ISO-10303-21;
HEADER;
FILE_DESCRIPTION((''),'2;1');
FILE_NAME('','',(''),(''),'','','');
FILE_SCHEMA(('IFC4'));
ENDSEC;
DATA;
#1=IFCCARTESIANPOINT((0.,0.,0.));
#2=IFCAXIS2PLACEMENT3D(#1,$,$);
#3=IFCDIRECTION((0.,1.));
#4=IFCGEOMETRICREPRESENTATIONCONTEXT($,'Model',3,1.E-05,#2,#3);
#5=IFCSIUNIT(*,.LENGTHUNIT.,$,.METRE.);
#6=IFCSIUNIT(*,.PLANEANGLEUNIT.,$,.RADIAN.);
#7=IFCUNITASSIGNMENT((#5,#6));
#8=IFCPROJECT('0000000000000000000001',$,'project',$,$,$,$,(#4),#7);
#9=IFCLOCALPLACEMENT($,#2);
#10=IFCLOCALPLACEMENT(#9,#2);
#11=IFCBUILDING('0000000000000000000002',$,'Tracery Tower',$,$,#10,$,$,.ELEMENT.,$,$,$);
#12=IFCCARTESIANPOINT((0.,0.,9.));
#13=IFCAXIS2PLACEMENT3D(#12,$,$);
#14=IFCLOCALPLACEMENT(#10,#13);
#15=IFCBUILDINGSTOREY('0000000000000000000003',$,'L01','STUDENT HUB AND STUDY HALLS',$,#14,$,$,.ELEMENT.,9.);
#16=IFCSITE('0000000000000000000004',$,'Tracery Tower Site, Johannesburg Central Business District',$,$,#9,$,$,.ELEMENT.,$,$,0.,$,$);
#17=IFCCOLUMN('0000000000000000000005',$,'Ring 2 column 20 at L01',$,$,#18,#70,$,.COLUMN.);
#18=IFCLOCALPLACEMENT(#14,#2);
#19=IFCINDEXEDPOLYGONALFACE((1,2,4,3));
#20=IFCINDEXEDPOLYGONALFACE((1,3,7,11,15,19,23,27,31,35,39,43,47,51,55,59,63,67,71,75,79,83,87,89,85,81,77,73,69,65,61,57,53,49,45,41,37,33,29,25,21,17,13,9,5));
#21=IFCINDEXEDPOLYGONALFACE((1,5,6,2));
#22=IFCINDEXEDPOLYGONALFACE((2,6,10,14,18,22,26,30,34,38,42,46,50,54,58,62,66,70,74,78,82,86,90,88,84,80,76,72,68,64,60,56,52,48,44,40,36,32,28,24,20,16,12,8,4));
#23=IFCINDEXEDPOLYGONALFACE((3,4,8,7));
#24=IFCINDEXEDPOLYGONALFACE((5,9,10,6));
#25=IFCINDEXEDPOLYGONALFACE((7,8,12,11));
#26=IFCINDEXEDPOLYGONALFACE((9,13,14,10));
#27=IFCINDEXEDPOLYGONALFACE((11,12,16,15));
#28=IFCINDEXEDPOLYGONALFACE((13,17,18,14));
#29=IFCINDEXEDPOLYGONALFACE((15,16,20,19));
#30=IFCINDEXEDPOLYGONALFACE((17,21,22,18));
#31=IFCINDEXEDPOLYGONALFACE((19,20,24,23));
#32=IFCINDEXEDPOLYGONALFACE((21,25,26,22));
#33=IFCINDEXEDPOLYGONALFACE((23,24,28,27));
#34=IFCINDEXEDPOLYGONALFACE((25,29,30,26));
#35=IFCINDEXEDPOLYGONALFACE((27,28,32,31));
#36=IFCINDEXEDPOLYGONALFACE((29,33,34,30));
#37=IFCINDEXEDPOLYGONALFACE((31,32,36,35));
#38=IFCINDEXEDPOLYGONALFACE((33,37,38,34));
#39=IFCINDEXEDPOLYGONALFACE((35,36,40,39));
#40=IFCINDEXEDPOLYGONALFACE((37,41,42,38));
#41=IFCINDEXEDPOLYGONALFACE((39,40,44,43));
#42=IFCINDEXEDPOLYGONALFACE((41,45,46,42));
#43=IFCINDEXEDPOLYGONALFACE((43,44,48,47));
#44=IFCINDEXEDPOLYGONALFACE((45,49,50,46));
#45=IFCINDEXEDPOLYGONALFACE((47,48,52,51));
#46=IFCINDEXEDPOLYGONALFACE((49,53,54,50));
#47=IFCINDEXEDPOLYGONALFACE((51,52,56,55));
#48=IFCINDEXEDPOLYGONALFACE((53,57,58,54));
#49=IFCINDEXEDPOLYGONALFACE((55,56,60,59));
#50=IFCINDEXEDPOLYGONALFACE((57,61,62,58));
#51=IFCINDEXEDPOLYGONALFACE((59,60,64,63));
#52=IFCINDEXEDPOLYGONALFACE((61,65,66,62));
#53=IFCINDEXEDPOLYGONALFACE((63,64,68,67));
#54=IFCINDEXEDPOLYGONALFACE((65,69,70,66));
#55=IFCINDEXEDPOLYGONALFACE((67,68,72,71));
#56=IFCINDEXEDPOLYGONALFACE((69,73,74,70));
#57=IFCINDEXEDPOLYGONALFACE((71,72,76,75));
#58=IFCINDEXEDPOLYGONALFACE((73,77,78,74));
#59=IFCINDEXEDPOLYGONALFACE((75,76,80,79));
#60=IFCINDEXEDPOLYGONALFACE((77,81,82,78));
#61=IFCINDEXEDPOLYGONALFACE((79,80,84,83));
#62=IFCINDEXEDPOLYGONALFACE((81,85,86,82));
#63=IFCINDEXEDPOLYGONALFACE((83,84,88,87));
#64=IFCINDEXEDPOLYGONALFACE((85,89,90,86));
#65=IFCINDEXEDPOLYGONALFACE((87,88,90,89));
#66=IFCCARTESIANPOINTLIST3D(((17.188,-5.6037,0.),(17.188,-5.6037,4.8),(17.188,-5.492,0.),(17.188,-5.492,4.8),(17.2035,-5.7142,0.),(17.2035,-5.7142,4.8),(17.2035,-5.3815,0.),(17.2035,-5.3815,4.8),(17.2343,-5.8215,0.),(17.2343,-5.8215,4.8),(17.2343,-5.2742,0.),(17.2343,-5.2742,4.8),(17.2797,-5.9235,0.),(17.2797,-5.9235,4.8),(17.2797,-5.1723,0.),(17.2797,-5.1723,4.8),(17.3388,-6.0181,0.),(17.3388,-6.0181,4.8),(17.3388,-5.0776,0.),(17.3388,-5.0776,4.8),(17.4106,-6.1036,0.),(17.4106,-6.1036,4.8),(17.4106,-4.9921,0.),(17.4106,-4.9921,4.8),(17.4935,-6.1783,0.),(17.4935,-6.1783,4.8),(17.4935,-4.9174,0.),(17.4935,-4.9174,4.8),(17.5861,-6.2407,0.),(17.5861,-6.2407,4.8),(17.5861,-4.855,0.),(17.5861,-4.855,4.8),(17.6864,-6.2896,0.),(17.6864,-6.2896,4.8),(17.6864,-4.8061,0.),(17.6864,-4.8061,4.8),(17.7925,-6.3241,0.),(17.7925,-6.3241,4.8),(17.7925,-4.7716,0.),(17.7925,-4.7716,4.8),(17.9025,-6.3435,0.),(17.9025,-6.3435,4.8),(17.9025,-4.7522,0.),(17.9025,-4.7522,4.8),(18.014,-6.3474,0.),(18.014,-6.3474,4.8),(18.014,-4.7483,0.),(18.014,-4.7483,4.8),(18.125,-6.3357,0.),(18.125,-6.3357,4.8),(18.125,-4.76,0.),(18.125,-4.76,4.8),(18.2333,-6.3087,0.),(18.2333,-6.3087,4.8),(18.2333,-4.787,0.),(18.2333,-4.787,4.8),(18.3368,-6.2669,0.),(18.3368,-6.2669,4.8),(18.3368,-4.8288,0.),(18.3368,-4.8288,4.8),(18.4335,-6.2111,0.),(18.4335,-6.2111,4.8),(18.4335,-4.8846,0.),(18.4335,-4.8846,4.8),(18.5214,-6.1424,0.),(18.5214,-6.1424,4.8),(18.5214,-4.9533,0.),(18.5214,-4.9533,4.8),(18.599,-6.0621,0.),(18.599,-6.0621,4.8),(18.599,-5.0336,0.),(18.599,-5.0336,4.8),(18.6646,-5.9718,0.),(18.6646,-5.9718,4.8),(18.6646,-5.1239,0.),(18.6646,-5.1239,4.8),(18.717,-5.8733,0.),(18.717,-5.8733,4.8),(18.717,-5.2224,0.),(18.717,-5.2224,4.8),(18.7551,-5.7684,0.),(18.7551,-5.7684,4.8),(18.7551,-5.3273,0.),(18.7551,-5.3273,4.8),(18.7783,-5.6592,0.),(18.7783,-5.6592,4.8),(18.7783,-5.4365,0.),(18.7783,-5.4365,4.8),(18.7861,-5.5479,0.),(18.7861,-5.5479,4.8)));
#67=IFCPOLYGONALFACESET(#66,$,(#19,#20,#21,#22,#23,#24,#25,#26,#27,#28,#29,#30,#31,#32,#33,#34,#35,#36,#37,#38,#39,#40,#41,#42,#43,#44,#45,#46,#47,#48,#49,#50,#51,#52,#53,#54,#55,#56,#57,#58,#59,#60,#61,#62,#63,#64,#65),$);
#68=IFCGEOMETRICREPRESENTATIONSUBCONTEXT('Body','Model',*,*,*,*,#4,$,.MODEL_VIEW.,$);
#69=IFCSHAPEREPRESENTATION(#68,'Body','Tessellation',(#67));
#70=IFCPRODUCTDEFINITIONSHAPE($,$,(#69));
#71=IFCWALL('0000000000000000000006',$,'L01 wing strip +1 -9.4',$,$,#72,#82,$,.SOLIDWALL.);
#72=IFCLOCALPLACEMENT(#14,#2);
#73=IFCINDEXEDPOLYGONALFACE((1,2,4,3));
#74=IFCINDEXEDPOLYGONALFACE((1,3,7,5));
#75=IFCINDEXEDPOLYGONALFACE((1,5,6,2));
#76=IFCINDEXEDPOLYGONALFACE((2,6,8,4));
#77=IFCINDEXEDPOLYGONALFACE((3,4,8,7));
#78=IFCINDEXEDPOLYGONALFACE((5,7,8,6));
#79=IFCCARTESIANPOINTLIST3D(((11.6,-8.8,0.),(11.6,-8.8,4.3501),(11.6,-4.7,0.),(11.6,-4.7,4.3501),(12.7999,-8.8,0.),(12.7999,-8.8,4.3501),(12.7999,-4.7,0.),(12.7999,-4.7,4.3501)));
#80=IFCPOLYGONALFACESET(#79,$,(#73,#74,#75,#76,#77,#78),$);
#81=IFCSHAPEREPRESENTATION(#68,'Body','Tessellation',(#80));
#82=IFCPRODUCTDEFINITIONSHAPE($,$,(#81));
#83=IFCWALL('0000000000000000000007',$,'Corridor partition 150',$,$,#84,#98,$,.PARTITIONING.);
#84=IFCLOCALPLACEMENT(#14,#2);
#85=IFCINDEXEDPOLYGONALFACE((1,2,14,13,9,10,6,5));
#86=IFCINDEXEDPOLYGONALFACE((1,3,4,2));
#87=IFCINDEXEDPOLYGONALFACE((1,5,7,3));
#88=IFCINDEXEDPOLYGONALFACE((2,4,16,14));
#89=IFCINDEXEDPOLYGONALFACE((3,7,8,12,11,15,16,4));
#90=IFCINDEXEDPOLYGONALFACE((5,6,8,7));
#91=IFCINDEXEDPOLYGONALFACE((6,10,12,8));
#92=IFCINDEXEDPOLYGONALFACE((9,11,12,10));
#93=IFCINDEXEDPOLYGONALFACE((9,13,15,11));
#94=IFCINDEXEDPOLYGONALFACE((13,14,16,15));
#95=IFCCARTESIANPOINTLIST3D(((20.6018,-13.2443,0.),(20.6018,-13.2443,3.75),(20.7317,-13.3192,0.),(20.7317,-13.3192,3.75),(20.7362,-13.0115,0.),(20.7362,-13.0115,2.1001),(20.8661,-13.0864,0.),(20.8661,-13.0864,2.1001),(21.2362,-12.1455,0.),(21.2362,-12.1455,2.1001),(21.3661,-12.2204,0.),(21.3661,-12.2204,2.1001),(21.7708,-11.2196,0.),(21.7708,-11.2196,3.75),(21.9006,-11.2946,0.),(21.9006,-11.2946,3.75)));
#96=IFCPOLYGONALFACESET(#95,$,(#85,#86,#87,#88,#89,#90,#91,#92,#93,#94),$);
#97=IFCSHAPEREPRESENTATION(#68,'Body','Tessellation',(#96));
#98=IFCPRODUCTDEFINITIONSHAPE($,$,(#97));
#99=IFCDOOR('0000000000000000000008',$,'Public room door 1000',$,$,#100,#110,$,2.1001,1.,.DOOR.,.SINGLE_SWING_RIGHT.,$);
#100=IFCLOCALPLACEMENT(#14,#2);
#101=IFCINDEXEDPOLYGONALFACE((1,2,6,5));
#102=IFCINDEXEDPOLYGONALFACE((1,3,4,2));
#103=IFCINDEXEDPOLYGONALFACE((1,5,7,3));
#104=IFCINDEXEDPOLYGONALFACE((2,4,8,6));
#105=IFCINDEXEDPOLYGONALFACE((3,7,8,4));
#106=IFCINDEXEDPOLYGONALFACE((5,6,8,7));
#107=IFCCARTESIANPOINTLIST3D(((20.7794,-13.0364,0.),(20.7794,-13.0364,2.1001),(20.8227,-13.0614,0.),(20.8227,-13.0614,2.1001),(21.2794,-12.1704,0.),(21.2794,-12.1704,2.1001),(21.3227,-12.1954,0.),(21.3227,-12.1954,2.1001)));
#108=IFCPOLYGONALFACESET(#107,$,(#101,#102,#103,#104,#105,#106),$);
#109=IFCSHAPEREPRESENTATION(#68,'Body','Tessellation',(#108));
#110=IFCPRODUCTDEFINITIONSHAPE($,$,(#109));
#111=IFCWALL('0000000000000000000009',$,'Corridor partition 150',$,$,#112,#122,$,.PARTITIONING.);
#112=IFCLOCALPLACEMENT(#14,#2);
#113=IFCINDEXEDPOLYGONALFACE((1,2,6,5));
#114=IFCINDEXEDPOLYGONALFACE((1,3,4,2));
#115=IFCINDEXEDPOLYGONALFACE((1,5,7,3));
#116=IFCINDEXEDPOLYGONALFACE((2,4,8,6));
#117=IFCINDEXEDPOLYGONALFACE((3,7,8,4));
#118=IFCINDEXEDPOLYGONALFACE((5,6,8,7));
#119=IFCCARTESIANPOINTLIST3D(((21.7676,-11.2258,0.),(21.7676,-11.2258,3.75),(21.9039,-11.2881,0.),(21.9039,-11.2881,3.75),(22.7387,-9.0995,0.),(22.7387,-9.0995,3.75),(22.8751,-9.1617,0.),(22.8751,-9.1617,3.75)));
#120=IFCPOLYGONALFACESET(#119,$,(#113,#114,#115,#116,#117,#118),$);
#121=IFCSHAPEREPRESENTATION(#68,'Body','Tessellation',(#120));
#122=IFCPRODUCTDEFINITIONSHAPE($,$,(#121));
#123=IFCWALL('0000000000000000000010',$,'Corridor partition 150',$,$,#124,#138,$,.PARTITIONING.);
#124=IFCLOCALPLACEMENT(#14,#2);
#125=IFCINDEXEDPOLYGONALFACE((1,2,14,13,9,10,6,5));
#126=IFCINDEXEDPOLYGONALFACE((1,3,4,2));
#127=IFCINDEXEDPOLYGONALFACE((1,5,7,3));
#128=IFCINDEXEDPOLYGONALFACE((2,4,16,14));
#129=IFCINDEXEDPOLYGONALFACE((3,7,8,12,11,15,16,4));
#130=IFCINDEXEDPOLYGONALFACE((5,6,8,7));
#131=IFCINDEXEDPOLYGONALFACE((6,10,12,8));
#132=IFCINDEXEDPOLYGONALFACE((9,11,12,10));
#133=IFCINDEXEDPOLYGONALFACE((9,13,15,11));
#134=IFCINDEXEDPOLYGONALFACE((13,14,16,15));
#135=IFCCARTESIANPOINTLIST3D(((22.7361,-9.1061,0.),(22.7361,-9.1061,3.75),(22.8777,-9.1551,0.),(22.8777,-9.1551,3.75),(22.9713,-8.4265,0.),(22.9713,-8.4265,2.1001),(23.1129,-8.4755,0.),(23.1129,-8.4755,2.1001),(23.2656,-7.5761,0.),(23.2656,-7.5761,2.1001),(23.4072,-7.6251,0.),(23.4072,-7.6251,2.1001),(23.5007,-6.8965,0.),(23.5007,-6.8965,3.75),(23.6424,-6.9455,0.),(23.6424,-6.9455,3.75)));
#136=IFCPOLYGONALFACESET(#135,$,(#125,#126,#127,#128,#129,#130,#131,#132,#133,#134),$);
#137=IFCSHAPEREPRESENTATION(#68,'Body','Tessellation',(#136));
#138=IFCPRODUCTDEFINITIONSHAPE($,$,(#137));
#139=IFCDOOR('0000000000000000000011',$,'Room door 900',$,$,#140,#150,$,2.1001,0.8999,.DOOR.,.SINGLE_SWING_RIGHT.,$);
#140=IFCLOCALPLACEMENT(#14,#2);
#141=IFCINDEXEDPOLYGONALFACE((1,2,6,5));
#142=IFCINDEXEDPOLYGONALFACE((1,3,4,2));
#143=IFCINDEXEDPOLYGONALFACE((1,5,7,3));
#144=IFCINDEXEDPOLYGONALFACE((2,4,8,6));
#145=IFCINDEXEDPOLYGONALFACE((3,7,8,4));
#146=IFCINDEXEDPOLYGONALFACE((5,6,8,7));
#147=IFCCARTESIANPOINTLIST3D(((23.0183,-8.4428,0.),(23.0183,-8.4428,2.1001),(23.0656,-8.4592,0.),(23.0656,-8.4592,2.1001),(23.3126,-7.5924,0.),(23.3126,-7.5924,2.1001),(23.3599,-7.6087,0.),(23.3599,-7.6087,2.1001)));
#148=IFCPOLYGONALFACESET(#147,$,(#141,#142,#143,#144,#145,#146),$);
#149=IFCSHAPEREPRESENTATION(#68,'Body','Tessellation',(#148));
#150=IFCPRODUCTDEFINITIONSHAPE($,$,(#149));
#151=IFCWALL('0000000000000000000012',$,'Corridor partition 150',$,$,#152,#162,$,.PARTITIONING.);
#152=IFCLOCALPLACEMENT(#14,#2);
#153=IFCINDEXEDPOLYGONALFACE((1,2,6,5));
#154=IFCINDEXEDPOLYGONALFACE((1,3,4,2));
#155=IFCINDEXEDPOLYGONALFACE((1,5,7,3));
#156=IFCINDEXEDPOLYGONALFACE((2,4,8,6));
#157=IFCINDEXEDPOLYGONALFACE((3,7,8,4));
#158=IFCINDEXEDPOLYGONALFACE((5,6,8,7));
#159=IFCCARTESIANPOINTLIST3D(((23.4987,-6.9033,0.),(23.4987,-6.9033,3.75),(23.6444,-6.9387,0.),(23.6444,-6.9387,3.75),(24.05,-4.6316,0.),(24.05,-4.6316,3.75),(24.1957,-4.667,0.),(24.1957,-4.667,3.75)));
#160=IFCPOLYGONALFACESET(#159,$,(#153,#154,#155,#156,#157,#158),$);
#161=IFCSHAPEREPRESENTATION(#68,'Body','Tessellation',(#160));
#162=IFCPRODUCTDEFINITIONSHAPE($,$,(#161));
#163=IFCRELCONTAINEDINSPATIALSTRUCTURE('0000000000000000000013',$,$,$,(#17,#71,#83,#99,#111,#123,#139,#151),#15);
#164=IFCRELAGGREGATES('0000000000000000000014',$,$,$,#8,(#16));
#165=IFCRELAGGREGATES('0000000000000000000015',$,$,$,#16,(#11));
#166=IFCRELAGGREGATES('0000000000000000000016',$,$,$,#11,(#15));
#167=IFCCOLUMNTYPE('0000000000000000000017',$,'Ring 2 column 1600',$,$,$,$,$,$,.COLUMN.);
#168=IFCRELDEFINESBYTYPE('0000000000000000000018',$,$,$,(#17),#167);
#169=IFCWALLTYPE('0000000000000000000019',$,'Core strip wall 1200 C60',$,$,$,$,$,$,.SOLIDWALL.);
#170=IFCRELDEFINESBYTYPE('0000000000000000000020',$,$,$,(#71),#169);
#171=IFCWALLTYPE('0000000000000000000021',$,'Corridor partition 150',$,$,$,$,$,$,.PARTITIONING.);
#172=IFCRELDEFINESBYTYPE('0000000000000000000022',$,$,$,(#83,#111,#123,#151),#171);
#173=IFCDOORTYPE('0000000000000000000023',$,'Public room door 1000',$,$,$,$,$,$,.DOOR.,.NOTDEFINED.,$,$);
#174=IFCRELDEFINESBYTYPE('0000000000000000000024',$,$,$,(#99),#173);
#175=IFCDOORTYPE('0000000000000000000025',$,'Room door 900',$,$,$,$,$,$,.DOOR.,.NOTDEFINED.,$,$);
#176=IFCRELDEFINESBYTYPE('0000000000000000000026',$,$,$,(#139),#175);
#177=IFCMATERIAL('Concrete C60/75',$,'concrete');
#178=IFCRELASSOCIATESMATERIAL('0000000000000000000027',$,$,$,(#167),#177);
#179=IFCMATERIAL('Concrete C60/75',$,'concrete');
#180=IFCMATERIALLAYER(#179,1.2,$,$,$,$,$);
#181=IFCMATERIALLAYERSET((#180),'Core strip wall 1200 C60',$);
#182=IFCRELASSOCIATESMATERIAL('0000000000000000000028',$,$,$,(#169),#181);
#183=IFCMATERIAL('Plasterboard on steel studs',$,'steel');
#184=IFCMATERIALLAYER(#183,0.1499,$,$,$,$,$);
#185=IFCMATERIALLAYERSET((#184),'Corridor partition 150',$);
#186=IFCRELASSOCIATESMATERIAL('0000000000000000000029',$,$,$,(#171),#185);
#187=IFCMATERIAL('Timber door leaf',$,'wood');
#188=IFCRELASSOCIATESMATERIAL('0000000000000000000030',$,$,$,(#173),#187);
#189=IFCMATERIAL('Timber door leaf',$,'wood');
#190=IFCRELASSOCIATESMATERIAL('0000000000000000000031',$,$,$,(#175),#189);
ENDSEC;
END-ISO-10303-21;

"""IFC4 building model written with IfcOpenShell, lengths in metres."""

from ifc_helpers import new_model, si_unit, direction, frame, frame_2d, origin, origin_2d, place, context, subcontext, project, spatial, rectangle, circle, extrude, material, layer, layer_set, material_profile, profile_set, type_object, element, fill, save


model = new_model("IFC4")

# Units and contexts
model_context = context("Model", 3, precision=1e-05, world=origin(), true_north=direction((0.0, 1.0)))
body_context = subcontext(model_context, "Body", "Model", "MODEL_VIEW")
ifc_project = project(units=[si_unit("LENGTHUNIT", "METRE"), si_unit("PLANEANGLEUNIT", "RADIAN")], contexts=[model_context])

# Site, building, storey
site_placement = place(None, origin())
site = spatial("IfcSite", under=ifc_project, at=site_placement, Name="Tracery Tower Site, Johannesburg Central Business District", CompositionType="ELEMENT", RefElevation=0.0)
building_placement = place(site_placement, origin())
building = spatial("IfcBuilding", under=site, at=building_placement, Name="Tracery Tower", CompositionType="ELEMENT")
storey_placement = place(building_placement, frame((0.0, 0.0, 9.0)))
storey = spatial("IfcBuildingStorey", under=building, at=storey_placement, Name="L01", Description="STUDENT HUB AND STUDY HALLS", CompositionType="ELEMENT", Elevation=9.0)

# Column
ifc_material_1 = material(Name="Concrete C60/75", Category="concrete")
ifc_material_profile_1 = material_profile(ifc_material_1, circle(Radius=0.8, at=origin_2d()), Name="RC D1600")
ifc_profile_set_1 = profile_set([ifc_material_profile_1], Name="Concrete C60/75")
column_type_1 = type_object("IfcColumnType", Name="Ring 2 column 1600", PredefinedType="COLUMN", material=ifc_profile_set_1)
for number, where, z_axis, x_axis, name in (
    (1, (17.9861, -5.5479, 0.0), (0.0, 0.0, 1.0), (1.0, 0.0, 0.0), "Ring 2 column 20 at L01"),
):
    element("IfcColumn", number, at=place(storey_placement, frame(where, z_axis=z_axis, x_axis=x_axis)), inside=storey, type_object=column_type_1, Name=name, PredefinedType="COLUMN", context=body_context, shape_type="SweptSolid", body=[
        extrude(circle(Radius=0.8, at=origin_2d()), origin(), (0.0, 0.0, 1.0), 4.8),
    ])

# Wall
ifc_material_2 = material(Name="Concrete C60/75", Category="concrete")
ifc_layer_1 = layer(ifc_material_2, 1.2)
ifc_layer_set_1 = layer_set([ifc_layer_1], Name="Core strip wall 1200 C60")
wall_type_1 = type_object("IfcWallType", Name="Core strip wall 1200 C60", PredefinedType="SOLIDWALL", material=ifc_layer_set_1)
wall_1_placement = place(storey_placement, frame((12.2, -8.8, 0.0), z_axis=(0.0, 0.0, 1.0), x_axis=(0.0, 1.0, 0.0)))
element("IfcWall", 2, at=wall_1_placement, inside=storey, type_object=wall_type_1, Name="L01 wing strip +1 -9.4", PredefinedType="SOLIDWALL", context=body_context, shape_type="SweptSolid", body=[
    extrude(rectangle(XDim=4.1001, YDim=1.2, at=frame_2d((2.05, 0.0))), origin(), (0.0, 0.0, 1.0), 4.3501),
])

# Wall, opening, door
ifc_material_3 = material(Name="Plasterboard on steel studs", Category="steel")
ifc_layer_2 = layer(ifc_material_3, 0.1499)
ifc_layer_set_2 = layer_set([ifc_layer_2], Name="Corridor partition 150")
wall_type_2 = type_object("IfcWallType", Name="Corridor partition 150", PredefinedType="PARTITIONING", material=ifc_layer_set_2)
wall_2_placement = place(storey_placement, frame((21.8357, -11.2571, 0.0), z_axis=(0.0, 0.0, 1.0), x_axis=(-0.500003, -0.866024, 0.0)))
wall_2 = element("IfcWall", 3, at=wall_2_placement, inside=storey, type_object=wall_type_2, Name="Corridor partition 150", PredefinedType="PARTITIONING", context=body_context, shape_type="SweptSolid", body=[
    extrude(rectangle(XDim=2.3379, YDim=0.1499, at=frame_2d((1.1689, 0.0))), origin(), (0.0, 0.0, 1.0), 3.75),
])
opening_1_placement = place(wall_2_placement, frame((1.0691, 0.0, 0.0)))
opening_1 = element("IfcOpeningElement", 4, at=opening_1_placement, cuts=wall_2, PredefinedType="OPENING", context=body_context, shape_type="SweptSolid", body=[
    extrude(rectangle(XDim=1.0, YDim=2.1001, at=frame_2d((0.5, 1.05))), frame((0.0, 0.075, 0.0), z_axis=(0.0, -1.0, 0.0), x_axis=(1.0, 0.0, 0.0)), (0.0, 0.0, 1.0), 0.1499),
])
ifc_material_4 = material(Name="Timber door leaf", Category="wood")
door_type_1 = type_object("IfcDoorType", Name="Public room door 1000", OperationType="NOTDEFINED", PredefinedType="DOOR", material=ifc_material_4)
door_1_placement = place(opening_1_placement, origin())
door_1 = element("IfcDoor", 5, at=door_1_placement, inside=storey, type_object=door_type_1, Name="Public room door 1000", OperationType="SINGLE_SWING_RIGHT", OverallHeight=2.1001, OverallWidth=1.0, PredefinedType="DOOR", context=body_context, shape_type="SweptSolid", body=[
    extrude(rectangle(XDim=1.0, YDim=2.1001, at=frame_2d((0.5, 1.05))), frame((0.0, 0.0249, 0.0), z_axis=(0.0, -1.0, 0.0), x_axis=(1.0, 0.0, 0.0)), (0.0, 0.0, 1.0), 0.05),
])
fill(opening_1, door_1)

# Wall
wall_3_placement = place(storey_placement, frame((21.8357, -11.2571, 0.0), z_axis=(0.0, 0.0, 1.0), x_axis=(0.415439, 0.909621, 0.0)))
element("IfcWall", 6, at=wall_3_placement, inside=storey, type_object=wall_type_2, Name="Corridor partition 150", PredefinedType="PARTITIONING", context=body_context, shape_type="SweptSolid", body=[
    extrude(rectangle(XDim=2.3376, YDim=0.1499, at=frame_2d((1.1689, 0.0))), origin(), (0.0, 0.0, 1.0), 3.75),
])

# Wall, opening, door
wall_4_placement = place(storey_placement, frame((23.5715, -6.9211, 0.0), z_axis=(0.0, 0.0, 1.0), x_axis=(-0.327046, -0.945008, 0.0)))
wall_4 = element("IfcWall", 7, at=wall_4_placement, inside=storey, type_object=wall_type_2, Name="Corridor partition 150", PredefinedType="PARTITIONING", context=body_context, shape_type="SweptSolid", body=[
    extrude(rectangle(XDim=2.3381, YDim=0.1499, at=frame_2d((1.1689, 0.0))), origin(), (0.0, 0.0, 1.0), 3.75),
])
opening_2_placement = place(wall_4_placement, frame((0.719, 0.0, 0.0)))
opening_2 = element("IfcOpeningElement", 8, at=opening_2_placement, cuts=wall_4, PredefinedType="OPENING", context=body_context, shape_type="SweptSolid", body=[
    extrude(rectangle(XDim=0.8999, YDim=2.1001, at=frame_2d((0.45, 1.05))), frame((0.0, 0.075, 0.0), z_axis=(0.0, -1.0, 0.0), x_axis=(1.0, 0.0, 0.0)), (0.0, 0.0, 1.0), 0.1499),
])
ifc_material_5 = material(Name="Timber door leaf", Category="wood")
door_type_2 = type_object("IfcDoorType", Name="Room door 900", OperationType="NOTDEFINED", PredefinedType="DOOR", material=ifc_material_5)
door_2_placement = place(opening_2_placement, origin())
door_2 = element("IfcDoor", 9, at=door_2_placement, inside=storey, type_object=door_type_2, Name="Room door 900", OperationType="SINGLE_SWING_RIGHT", OverallHeight=2.1001, OverallWidth=0.8999, PredefinedType="DOOR", context=body_context, shape_type="SweptSolid", body=[
    extrude(rectangle(XDim=0.8999, YDim=2.1001, at=frame_2d((0.45, 1.05))), frame((0.0, 0.0249, 0.0), z_axis=(0.0, -1.0, 0.0), x_axis=(1.0, 0.0, 0.0)), (0.0, 0.0, 1.0), 0.05),
])
fill(opening_2, door_2)

# Wall
wall_5_placement = place(storey_placement, frame((23.5715, -6.9211, 0.0), z_axis=(0.0, 0.0, 1.0), x_axis=(0.235821, 0.971796, 0.0)))
element("IfcWall", 10, at=wall_5_placement, inside=storey, type_object=wall_type_2, Name="Corridor partition 150", PredefinedType="PARTITIONING", context=body_context, shape_type="SweptSolid", body=[
    extrude(rectangle(XDim=2.3376, YDim=0.1499, at=frame_2d((1.1689, 0.0))), origin(), (0.0, 0.0, 1.0), 3.75),
])

save(model, "model.ifc")
